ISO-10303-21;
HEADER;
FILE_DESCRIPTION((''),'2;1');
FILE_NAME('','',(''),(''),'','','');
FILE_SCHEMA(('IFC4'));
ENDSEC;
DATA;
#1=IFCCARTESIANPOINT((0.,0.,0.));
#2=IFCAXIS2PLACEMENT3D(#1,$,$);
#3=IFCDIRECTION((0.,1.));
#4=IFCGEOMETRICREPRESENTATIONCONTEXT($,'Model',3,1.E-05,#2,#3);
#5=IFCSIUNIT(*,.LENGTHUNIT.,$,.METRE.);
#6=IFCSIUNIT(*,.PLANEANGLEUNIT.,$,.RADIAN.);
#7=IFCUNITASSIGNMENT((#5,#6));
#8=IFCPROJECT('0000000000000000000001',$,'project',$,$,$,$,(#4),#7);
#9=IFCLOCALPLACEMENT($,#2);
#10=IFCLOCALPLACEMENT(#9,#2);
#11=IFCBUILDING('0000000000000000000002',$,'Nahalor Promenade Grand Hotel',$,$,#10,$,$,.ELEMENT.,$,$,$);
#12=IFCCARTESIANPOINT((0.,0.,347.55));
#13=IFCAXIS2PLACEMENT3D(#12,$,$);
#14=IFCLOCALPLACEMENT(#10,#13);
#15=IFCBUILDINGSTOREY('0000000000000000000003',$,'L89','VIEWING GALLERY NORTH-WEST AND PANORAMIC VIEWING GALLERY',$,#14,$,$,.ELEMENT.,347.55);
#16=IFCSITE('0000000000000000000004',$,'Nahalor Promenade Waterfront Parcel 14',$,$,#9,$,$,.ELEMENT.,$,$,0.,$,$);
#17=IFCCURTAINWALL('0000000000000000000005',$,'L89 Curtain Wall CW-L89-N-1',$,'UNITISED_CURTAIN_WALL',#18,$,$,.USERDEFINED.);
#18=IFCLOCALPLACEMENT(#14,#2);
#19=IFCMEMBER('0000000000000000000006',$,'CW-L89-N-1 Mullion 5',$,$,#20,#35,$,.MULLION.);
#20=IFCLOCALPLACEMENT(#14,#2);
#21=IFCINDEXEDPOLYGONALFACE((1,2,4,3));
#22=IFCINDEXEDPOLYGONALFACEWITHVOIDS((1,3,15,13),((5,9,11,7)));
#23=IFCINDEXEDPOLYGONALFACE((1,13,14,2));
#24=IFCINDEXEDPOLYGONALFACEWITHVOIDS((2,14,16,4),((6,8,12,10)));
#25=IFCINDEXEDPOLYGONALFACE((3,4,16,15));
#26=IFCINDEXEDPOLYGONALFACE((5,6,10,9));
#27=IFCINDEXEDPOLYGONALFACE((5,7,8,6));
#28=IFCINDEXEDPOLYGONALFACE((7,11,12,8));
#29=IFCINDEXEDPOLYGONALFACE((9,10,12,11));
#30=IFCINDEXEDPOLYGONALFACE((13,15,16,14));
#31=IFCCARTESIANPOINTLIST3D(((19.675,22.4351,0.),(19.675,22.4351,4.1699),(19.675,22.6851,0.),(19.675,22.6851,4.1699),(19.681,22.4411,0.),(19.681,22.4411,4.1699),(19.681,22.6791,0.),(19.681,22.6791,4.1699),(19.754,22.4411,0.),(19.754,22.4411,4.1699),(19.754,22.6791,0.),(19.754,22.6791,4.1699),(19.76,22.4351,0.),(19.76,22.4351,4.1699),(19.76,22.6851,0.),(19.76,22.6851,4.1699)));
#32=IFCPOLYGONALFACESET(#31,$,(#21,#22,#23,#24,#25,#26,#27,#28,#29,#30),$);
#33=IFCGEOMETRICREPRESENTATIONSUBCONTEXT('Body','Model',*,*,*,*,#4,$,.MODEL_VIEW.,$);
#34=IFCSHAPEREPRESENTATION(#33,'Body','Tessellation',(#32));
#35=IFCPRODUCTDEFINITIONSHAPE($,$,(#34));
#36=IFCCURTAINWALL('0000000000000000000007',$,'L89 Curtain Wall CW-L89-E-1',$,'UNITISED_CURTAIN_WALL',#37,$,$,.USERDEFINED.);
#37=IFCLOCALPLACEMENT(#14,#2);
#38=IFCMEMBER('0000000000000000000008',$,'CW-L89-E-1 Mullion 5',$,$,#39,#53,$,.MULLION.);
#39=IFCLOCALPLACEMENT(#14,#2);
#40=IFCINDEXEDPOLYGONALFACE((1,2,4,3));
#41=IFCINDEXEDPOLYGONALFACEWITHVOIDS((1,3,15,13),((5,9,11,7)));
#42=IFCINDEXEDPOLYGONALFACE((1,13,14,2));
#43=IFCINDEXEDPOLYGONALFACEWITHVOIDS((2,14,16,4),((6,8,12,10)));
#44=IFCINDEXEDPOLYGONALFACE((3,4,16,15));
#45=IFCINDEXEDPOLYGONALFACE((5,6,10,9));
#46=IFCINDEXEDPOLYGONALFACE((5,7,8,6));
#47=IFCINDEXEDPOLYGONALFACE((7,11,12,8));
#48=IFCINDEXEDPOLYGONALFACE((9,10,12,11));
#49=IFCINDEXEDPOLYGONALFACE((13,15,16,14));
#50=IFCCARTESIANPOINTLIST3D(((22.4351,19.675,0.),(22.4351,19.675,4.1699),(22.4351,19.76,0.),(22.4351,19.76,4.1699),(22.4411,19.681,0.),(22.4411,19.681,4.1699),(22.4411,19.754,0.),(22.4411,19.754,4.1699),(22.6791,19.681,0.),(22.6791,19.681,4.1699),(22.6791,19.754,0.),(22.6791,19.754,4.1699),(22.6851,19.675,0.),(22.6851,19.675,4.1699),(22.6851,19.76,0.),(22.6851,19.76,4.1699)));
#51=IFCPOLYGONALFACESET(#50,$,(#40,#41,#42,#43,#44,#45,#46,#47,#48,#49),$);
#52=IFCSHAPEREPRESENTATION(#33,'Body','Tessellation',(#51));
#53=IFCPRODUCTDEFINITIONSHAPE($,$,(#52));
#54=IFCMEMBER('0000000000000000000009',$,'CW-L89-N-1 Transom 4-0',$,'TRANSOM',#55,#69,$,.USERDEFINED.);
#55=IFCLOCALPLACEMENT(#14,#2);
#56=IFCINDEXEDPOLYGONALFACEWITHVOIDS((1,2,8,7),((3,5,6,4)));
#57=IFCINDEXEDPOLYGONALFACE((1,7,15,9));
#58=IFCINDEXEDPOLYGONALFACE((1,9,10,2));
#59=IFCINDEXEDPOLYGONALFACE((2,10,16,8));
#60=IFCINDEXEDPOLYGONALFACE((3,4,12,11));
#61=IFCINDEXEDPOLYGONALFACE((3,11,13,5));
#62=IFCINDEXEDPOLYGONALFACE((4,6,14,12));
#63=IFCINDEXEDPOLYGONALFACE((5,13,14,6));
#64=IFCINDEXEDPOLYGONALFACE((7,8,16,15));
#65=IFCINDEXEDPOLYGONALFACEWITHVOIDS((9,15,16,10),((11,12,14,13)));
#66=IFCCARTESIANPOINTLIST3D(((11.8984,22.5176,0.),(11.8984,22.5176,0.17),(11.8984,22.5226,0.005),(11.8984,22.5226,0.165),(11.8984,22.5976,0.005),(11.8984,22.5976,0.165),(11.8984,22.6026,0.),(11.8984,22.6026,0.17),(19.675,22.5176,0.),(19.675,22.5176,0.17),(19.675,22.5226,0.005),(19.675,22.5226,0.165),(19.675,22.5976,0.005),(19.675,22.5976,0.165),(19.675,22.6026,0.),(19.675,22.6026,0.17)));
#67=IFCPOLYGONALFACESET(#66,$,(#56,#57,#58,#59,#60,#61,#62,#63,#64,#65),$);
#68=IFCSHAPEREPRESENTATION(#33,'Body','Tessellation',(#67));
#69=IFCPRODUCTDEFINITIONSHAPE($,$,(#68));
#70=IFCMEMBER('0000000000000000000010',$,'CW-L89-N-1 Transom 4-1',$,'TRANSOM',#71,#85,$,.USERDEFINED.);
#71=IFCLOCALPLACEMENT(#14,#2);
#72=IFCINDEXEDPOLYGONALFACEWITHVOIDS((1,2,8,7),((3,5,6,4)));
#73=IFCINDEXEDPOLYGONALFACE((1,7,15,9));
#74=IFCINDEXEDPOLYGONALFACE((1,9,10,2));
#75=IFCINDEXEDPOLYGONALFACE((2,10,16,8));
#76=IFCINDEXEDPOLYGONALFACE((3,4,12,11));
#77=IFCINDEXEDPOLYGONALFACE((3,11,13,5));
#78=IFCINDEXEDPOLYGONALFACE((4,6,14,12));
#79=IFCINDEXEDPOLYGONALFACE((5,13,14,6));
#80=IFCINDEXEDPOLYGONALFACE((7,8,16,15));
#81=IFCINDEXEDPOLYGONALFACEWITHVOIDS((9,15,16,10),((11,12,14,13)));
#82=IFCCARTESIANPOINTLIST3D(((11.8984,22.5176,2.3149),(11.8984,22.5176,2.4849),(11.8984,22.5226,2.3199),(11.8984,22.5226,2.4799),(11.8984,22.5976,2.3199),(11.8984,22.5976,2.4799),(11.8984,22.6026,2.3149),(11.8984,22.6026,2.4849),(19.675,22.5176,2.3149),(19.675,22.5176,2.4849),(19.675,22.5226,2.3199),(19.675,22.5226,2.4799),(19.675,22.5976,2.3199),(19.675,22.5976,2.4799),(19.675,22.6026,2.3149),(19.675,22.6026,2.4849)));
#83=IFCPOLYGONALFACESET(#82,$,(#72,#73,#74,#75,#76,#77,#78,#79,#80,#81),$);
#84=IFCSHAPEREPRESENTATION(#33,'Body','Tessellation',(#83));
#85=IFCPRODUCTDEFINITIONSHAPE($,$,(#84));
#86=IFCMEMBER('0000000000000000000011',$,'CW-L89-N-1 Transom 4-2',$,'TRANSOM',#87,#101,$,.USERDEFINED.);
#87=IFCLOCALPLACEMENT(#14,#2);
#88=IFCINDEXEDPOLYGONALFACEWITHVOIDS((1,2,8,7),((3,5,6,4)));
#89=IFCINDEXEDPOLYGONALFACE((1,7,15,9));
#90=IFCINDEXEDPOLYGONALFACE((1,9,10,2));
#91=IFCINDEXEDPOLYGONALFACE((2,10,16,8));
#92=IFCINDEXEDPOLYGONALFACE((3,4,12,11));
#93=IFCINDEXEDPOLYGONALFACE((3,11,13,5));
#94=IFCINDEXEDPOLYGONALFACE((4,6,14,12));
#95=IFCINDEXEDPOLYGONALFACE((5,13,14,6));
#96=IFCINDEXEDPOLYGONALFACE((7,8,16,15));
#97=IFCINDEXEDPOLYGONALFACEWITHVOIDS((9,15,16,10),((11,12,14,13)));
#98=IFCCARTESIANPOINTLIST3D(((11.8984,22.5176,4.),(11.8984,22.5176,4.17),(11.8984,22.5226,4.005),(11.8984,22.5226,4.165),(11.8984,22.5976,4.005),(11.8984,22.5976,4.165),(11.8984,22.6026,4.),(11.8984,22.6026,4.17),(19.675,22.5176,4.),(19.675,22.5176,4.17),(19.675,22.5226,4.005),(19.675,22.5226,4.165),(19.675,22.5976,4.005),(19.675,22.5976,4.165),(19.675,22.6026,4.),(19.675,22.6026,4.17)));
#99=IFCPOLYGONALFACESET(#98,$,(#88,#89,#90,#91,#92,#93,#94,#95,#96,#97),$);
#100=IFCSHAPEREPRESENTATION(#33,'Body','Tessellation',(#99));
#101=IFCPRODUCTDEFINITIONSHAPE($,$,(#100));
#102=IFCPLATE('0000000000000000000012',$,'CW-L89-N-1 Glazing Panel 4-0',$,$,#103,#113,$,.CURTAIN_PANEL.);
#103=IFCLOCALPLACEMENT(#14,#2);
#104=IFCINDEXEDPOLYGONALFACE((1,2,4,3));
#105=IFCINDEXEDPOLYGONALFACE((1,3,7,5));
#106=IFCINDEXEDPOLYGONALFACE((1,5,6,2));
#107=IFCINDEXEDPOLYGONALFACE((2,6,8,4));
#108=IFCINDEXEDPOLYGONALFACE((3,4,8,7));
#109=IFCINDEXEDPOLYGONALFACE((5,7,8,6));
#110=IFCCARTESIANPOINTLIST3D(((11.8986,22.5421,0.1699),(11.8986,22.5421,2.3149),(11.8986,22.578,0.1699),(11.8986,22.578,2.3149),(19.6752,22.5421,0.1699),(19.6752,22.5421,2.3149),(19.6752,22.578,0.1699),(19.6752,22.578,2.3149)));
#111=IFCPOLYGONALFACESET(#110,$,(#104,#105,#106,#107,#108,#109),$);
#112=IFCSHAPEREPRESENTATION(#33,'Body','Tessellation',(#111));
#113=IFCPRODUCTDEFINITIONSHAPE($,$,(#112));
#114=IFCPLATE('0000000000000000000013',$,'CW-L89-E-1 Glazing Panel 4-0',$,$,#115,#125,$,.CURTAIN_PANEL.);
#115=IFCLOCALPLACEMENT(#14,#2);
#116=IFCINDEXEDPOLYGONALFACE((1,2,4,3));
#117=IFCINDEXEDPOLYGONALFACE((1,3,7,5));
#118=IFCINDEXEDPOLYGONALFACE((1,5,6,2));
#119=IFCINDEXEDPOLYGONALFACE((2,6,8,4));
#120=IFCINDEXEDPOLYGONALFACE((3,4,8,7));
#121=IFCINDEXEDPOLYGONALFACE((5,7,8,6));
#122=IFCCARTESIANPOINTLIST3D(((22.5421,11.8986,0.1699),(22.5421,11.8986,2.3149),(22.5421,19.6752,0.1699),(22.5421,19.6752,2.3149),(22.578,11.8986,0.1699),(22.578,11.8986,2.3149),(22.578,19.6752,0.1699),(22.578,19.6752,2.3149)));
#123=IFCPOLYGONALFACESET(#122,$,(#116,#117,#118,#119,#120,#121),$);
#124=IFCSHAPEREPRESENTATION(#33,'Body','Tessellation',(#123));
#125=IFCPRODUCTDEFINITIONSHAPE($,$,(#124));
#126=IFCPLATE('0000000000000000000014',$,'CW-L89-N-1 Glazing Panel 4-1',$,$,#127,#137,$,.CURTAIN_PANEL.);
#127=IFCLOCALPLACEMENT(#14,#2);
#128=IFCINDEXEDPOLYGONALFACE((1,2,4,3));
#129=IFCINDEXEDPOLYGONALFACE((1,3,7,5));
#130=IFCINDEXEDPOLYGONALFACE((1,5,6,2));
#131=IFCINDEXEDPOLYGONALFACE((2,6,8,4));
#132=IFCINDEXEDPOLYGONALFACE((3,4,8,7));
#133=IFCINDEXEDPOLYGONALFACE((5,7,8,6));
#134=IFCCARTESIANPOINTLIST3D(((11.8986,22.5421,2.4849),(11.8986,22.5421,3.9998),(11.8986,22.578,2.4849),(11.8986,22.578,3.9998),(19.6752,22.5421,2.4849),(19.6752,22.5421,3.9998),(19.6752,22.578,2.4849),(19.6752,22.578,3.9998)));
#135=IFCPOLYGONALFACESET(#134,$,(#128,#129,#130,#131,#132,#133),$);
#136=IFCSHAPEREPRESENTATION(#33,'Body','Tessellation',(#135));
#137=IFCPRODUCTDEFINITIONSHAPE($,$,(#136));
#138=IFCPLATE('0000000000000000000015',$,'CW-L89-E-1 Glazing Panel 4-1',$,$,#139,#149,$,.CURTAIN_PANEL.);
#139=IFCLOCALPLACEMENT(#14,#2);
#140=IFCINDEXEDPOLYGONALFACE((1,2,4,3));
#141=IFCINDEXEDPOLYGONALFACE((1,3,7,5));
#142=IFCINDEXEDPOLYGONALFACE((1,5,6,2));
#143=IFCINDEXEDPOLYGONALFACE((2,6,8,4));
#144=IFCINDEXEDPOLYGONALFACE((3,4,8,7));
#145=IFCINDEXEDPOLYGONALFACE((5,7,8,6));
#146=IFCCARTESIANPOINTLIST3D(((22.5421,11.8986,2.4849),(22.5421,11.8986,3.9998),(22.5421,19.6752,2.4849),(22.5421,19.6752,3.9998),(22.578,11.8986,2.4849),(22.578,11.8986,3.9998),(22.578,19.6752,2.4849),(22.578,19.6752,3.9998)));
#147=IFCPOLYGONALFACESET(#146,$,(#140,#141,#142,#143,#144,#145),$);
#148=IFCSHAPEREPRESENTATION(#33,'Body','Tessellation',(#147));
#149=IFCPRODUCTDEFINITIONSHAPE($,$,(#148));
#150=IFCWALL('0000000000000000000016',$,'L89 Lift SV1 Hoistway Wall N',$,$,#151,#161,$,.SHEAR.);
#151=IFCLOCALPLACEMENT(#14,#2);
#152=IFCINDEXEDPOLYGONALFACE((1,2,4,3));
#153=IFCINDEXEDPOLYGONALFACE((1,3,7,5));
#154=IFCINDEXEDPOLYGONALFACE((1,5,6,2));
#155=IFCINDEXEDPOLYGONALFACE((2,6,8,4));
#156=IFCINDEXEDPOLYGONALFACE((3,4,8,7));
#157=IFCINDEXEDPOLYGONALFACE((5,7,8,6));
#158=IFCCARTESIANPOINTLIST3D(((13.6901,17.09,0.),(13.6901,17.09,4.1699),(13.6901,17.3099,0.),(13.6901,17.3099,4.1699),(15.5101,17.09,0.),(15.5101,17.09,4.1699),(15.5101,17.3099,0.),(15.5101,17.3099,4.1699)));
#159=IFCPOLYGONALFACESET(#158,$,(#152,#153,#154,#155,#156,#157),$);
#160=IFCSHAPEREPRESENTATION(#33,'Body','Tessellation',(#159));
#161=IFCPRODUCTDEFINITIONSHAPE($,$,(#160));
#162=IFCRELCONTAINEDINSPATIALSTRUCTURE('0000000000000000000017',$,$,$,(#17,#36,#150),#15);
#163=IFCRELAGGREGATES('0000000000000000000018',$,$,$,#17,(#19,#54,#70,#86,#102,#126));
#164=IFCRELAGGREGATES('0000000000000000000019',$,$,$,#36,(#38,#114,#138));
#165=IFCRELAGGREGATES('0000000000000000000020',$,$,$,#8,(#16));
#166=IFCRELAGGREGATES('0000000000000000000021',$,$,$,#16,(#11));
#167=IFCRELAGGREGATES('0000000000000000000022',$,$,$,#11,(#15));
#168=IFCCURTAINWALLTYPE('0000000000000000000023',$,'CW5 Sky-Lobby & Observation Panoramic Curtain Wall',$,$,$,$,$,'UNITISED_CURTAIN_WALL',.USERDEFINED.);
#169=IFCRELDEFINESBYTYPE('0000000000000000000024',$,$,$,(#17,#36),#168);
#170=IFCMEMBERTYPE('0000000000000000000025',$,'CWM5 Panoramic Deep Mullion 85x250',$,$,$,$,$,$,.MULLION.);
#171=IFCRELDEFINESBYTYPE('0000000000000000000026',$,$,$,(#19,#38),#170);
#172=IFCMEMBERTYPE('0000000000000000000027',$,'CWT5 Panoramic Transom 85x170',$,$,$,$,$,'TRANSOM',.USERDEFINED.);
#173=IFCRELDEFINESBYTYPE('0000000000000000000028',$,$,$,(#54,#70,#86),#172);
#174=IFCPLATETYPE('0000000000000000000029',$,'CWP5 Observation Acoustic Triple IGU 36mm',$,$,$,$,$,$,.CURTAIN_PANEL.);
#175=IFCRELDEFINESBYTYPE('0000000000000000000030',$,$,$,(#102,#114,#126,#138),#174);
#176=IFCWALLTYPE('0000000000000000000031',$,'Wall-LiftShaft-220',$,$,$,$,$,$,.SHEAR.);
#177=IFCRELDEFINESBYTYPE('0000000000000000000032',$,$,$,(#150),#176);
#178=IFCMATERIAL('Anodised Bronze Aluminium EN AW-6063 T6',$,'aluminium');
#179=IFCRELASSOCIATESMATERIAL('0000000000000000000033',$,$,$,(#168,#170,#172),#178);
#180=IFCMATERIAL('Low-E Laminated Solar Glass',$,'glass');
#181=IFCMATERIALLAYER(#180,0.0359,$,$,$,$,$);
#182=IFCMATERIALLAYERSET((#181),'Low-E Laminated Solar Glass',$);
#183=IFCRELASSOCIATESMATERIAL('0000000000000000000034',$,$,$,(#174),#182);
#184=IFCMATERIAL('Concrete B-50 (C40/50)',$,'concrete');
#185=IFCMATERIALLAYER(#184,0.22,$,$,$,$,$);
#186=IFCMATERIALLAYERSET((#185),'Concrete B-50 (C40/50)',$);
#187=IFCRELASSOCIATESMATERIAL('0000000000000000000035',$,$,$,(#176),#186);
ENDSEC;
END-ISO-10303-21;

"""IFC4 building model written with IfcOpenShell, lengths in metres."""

from ifc_helpers import new_model, si_unit, direction, frame, frame_2d, origin, origin_2d, place, context, subcontext, project, spatial, rectangle, hollow_rectangle, extrude, source, transform, mapped, material, layer, layer_set, material_profile, profile_set, type_object, element, aggregate, save


model = new_model("IFC4")

# Units and contexts
model_context = context("Model", 3, precision=1e-05, world=origin(), true_north=direction((0.0, 1.0)))
body_context = subcontext(model_context, "Body", "Model", "MODEL_VIEW")
ifc_project = project(units=[si_unit("LENGTHUNIT", "METRE"), si_unit("PLANEANGLEUNIT", "RADIAN")], contexts=[model_context])

# Site, building, storey
site_placement = place(None, origin())
site = spatial("IfcSite", under=ifc_project, at=site_placement, Name="Nahalor Promenade Waterfront Parcel 14", CompositionType="ELEMENT", RefElevation=0.0)
building_placement = place(site_placement, origin())
building = spatial("IfcBuilding", under=site, at=building_placement, Name="Nahalor Promenade Grand Hotel", CompositionType="ELEMENT")
storey_placement = place(building_placement, frame((0.0, 0.0, 347.55)))
storey = spatial("IfcBuildingStorey", under=building, at=storey_placement, Name="L89", Description="VIEWING GALLERY NORTH-WEST AND PANORAMIC VIEWING GALLERY", CompositionType="ELEMENT", Elevation=347.55)

# Shared definitions
ifc_material_1 = material(Name="Concrete B-50 (C40/50)", Category="concrete")

# Curtain wall, member
ifc_material_2 = material(Name="Anodised Bronze Aluminium EN AW-6063 T6", Category="aluminium")
curtain_wall_type = type_object("IfcCurtainWallType", Name="CW5 Sky-Lobby & Observation Panoramic Curtain Wall", ElementType="UNITISED_CURTAIN_WALL", PredefinedType="USERDEFINED", material=ifc_material_2)
curtain_wall_1_placement = place(storey_placement, origin())
curtain_wall_1 = element("IfcCurtainWall", 1, at=curtain_wall_1_placement, inside=storey, type_object=curtain_wall_type, Name="L89 Curtain Wall CW-L89-N-1", ObjectType="UNITISED_CURTAIN_WALL", PredefinedType="USERDEFINED")
ifc_material_profile_1 = material_profile(ifc_material_2, hollow_rectangle(XDim=0.085, YDim=0.25, WallThickness=0.006, at=origin_2d()), Name="CWM 85x250x6")
ifc_profile_set_1 = profile_set([ifc_material_profile_1], Name="Anodised Bronze Aluminium EN AW-6063 T6")
member_type_1 = type_object("IfcMemberType", Name="CWM5 Panoramic Deep Mullion 85x250", PredefinedType="MULLION", material=ifc_profile_set_1)
shared_shape_1 = source(origin(), body_context, "Body", "SweptSolid", [
    extrude(hollow_rectangle(XDim=0.085, YDim=0.25, WallThickness=0.006, at=origin_2d()), origin(), (0.0, 0.0, 1.0), 4.1699),
])
member_1_placement = place(storey_placement, frame((19.7175, 22.5601, 0.0), z_axis=(0.0, 0.0, 1.0), x_axis=(1.0, 0.0, 0.0)))
member_1 = element("IfcMember", 2, at=member_1_placement, type_object=member_type_1, Name="CW-L89-N-1 Mullion 5", PredefinedType="MULLION", context=body_context, shape_type="MappedRepresentation", body=[
    mapped(shared_shape_1, transform((0.0, 0.0, 0.0), scale=1.0)),
])

# Curtain wall, member
curtain_wall_2_placement = place(storey_placement, origin())
curtain_wall_2 = element("IfcCurtainWall", 3, at=curtain_wall_2_placement, inside=storey, type_object=curtain_wall_type, Name="L89 Curtain Wall CW-L89-E-1", ObjectType="UNITISED_CURTAIN_WALL", PredefinedType="USERDEFINED")
member_2_placement = place(storey_placement, frame((22.5601, 19.7175, 0.0), z_axis=(0.0, 0.0, 1.0), x_axis=(0.0, 1.0, 0.0)))
member_2 = element("IfcMember", 4, at=member_2_placement, type_object=member_type_1, Name="CW-L89-E-1 Mullion 5", PredefinedType="MULLION", context=body_context, shape_type="MappedRepresentation", body=[
    mapped(shared_shape_1, transform((0.0, 0.0, 0.0), scale=1.0)),
])

# Members
ifc_material_profile_2 = material_profile(ifc_material_2, hollow_rectangle(XDim=0.085, YDim=0.17, WallThickness=0.005, at=origin_2d()), Name="CWT 85x170x5")
ifc_profile_set_2 = profile_set([ifc_material_profile_2], Name="Anodised Bronze Aluminium EN AW-6063 T6")
member_type_2 = type_object("IfcMemberType", Name="CWT5 Panoramic Transom 85x170", ElementType="TRANSOM", PredefinedType="USERDEFINED", material=ifc_profile_set_2)
shared_shape_2 = source(origin(), body_context, "Body", "SweptSolid", [
    extrude(hollow_rectangle(XDim=0.085, YDim=0.17, WallThickness=0.005, at=origin_2d()), origin(), (0.0, 0.0, 1.0), 7.7766),
])
member_3_placement = place(storey_placement, frame((11.8984, 22.5601, 0.085), z_axis=(1.0, 0.0, 0.0), x_axis=(0.0, 1.0, 0.0)))
member_3 = element("IfcMember", 5, at=member_3_placement, type_object=member_type_2, Name="CW-L89-N-1 Transom 4-0", ObjectType="TRANSOM", PredefinedType="USERDEFINED", context=body_context, shape_type="MappedRepresentation", body=[
    mapped(shared_shape_2, transform((0.0, 0.0, 0.0), scale=1.0)),
])
member_4_placement = place(storey_placement, frame((11.8984, 22.5601, 2.3999), z_axis=(1.0, 0.0, 0.0), x_axis=(0.0, 1.0, 0.0)))
member_4 = element("IfcMember", 6, at=member_4_placement, type_object=member_type_2, Name="CW-L89-N-1 Transom 4-1", ObjectType="TRANSOM", PredefinedType="USERDEFINED", context=body_context, shape_type="MappedRepresentation", body=[
    mapped(shared_shape_2, transform((0.0, 0.0, 0.0), scale=1.0)),
])
member_5_placement = place(storey_placement, frame((11.8984, 22.5601, 4.085), z_axis=(1.0, 0.0, 0.0), x_axis=(0.0, 1.0, 0.0)))
member_5 = element("IfcMember", 7, at=member_5_placement, type_object=member_type_2, Name="CW-L89-N-1 Transom 4-2", ObjectType="TRANSOM", PredefinedType="USERDEFINED", context=body_context, shape_type="MappedRepresentation", body=[
    mapped(shared_shape_2, transform((0.0, 0.0, 0.0), scale=1.0)),
])

# Plates
ifc_material_3 = material(Name="Low-E Laminated Solar Glass", Category="glass")
ifc_layer_1 = layer(ifc_material_3, 0.0359)
ifc_layer_set_1 = layer_set([ifc_layer_1], Name="Low-E Laminated Solar Glass")
plate_type = type_object("IfcPlateType", Name="CWP5 Observation Acoustic Triple IGU 36mm", PredefinedType="CURTAIN_PANEL", material=ifc_layer_set_1)
shared_shape_3 = source(origin(), body_context, "Body", "SweptSolid", [
    extrude(rectangle(XDim=7.7766, YDim=0.0359, at=origin_2d()), origin(), (0.0, 0.0, 1.0), 2.145),
])
plate_1_placement = place(storey_placement, frame((15.7869, 22.5601, 0.1699), z_axis=(0.0, 0.0, 1.0), x_axis=(1.0, 0.0, 0.0)))
plate_1 = element("IfcPlate", 8, at=plate_1_placement, type_object=plate_type, Name="CW-L89-N-1 Glazing Panel 4-0", PredefinedType="CURTAIN_PANEL", context=body_context, shape_type="MappedRepresentation", body=[
    mapped(shared_shape_3, transform((0.0, 0.0, 0.0), scale=1.0)),
])
plate_2_placement = place(storey_placement, frame((22.5601, 15.7869, 0.1699), z_axis=(0.0, 0.0, 1.0), x_axis=(0.0, 1.0, 0.0)))
plate_2 = element("IfcPlate", 9, at=plate_2_placement, type_object=plate_type, Name="CW-L89-E-1 Glazing Panel 4-0", PredefinedType="CURTAIN_PANEL", context=body_context, shape_type="MappedRepresentation", body=[
    mapped(shared_shape_3, transform((0.0, 0.0, 0.0), scale=1.0)),
])
shared_shape_4 = source(origin(), body_context, "Body", "SweptSolid", [
    extrude(rectangle(XDim=7.7766, YDim=0.0359, at=origin_2d()), origin(), (0.0, 0.0, 1.0), 1.5149),
])
plate_3_placement = place(storey_placement, frame((15.7869, 22.5601, 2.4849), z_axis=(0.0, 0.0, 1.0), x_axis=(1.0, 0.0, 0.0)))
plate_3 = element("IfcPlate", 10, at=plate_3_placement, type_object=plate_type, Name="CW-L89-N-1 Glazing Panel 4-1", PredefinedType="CURTAIN_PANEL", context=body_context, shape_type="MappedRepresentation", body=[
    mapped(shared_shape_4, transform((0.0, 0.0, 0.0), scale=1.0)),
])
aggregate(curtain_wall_1, [member_1, member_3, member_4, member_5, plate_1, plate_3])
plate_4_placement = place(storey_placement, frame((22.5601, 15.7869, 2.4849), z_axis=(0.0, 0.0, 1.0), x_axis=(0.0, 1.0, 0.0)))
plate_4 = element("IfcPlate", 11, at=plate_4_placement, type_object=plate_type, Name="CW-L89-E-1 Glazing Panel 4-1", PredefinedType="CURTAIN_PANEL", context=body_context, shape_type="MappedRepresentation", body=[
    mapped(shared_shape_4, transform((0.0, 0.0, 0.0), scale=1.0)),
])
aggregate(curtain_wall_2, [member_2, plate_2, plate_4])

# Wall
ifc_layer_2 = layer(ifc_material_1, 0.22)
ifc_layer_set_2 = layer_set([ifc_layer_2], Name="Concrete B-50 (C40/50)")
wall_type_1 = type_object("IfcWallType", Name="Wall-LiftShaft-220", PredefinedType="SHEAR", material=ifc_layer_set_2)
shared_shape_5 = source(origin(), body_context, "Body", "SweptSolid", [
    extrude(rectangle(XDim=1.8201, YDim=0.22, at=frame_2d((0.9102, 0.0))), origin(), (0.0, 0.0, 1.0), 4.1699),
])
wall_1_placement = place(storey_placement, frame((13.6899, 17.2, 0.0), z_axis=(0.0, 0.0, 1.0), x_axis=(1.0, 0.0, 0.0)))
element("IfcWall", 12, at=wall_1_placement, inside=storey, type_object=wall_type_1, Name="L89 Lift SV1 Hoistway Wall N", PredefinedType="SHEAR", context=body_context, shape_type="MappedRepresentation", body=[
    mapped(shared_shape_5, transform((0.0, 0.0, 0.0), scale=1.0)),
])

save(model, "model.ifc")
